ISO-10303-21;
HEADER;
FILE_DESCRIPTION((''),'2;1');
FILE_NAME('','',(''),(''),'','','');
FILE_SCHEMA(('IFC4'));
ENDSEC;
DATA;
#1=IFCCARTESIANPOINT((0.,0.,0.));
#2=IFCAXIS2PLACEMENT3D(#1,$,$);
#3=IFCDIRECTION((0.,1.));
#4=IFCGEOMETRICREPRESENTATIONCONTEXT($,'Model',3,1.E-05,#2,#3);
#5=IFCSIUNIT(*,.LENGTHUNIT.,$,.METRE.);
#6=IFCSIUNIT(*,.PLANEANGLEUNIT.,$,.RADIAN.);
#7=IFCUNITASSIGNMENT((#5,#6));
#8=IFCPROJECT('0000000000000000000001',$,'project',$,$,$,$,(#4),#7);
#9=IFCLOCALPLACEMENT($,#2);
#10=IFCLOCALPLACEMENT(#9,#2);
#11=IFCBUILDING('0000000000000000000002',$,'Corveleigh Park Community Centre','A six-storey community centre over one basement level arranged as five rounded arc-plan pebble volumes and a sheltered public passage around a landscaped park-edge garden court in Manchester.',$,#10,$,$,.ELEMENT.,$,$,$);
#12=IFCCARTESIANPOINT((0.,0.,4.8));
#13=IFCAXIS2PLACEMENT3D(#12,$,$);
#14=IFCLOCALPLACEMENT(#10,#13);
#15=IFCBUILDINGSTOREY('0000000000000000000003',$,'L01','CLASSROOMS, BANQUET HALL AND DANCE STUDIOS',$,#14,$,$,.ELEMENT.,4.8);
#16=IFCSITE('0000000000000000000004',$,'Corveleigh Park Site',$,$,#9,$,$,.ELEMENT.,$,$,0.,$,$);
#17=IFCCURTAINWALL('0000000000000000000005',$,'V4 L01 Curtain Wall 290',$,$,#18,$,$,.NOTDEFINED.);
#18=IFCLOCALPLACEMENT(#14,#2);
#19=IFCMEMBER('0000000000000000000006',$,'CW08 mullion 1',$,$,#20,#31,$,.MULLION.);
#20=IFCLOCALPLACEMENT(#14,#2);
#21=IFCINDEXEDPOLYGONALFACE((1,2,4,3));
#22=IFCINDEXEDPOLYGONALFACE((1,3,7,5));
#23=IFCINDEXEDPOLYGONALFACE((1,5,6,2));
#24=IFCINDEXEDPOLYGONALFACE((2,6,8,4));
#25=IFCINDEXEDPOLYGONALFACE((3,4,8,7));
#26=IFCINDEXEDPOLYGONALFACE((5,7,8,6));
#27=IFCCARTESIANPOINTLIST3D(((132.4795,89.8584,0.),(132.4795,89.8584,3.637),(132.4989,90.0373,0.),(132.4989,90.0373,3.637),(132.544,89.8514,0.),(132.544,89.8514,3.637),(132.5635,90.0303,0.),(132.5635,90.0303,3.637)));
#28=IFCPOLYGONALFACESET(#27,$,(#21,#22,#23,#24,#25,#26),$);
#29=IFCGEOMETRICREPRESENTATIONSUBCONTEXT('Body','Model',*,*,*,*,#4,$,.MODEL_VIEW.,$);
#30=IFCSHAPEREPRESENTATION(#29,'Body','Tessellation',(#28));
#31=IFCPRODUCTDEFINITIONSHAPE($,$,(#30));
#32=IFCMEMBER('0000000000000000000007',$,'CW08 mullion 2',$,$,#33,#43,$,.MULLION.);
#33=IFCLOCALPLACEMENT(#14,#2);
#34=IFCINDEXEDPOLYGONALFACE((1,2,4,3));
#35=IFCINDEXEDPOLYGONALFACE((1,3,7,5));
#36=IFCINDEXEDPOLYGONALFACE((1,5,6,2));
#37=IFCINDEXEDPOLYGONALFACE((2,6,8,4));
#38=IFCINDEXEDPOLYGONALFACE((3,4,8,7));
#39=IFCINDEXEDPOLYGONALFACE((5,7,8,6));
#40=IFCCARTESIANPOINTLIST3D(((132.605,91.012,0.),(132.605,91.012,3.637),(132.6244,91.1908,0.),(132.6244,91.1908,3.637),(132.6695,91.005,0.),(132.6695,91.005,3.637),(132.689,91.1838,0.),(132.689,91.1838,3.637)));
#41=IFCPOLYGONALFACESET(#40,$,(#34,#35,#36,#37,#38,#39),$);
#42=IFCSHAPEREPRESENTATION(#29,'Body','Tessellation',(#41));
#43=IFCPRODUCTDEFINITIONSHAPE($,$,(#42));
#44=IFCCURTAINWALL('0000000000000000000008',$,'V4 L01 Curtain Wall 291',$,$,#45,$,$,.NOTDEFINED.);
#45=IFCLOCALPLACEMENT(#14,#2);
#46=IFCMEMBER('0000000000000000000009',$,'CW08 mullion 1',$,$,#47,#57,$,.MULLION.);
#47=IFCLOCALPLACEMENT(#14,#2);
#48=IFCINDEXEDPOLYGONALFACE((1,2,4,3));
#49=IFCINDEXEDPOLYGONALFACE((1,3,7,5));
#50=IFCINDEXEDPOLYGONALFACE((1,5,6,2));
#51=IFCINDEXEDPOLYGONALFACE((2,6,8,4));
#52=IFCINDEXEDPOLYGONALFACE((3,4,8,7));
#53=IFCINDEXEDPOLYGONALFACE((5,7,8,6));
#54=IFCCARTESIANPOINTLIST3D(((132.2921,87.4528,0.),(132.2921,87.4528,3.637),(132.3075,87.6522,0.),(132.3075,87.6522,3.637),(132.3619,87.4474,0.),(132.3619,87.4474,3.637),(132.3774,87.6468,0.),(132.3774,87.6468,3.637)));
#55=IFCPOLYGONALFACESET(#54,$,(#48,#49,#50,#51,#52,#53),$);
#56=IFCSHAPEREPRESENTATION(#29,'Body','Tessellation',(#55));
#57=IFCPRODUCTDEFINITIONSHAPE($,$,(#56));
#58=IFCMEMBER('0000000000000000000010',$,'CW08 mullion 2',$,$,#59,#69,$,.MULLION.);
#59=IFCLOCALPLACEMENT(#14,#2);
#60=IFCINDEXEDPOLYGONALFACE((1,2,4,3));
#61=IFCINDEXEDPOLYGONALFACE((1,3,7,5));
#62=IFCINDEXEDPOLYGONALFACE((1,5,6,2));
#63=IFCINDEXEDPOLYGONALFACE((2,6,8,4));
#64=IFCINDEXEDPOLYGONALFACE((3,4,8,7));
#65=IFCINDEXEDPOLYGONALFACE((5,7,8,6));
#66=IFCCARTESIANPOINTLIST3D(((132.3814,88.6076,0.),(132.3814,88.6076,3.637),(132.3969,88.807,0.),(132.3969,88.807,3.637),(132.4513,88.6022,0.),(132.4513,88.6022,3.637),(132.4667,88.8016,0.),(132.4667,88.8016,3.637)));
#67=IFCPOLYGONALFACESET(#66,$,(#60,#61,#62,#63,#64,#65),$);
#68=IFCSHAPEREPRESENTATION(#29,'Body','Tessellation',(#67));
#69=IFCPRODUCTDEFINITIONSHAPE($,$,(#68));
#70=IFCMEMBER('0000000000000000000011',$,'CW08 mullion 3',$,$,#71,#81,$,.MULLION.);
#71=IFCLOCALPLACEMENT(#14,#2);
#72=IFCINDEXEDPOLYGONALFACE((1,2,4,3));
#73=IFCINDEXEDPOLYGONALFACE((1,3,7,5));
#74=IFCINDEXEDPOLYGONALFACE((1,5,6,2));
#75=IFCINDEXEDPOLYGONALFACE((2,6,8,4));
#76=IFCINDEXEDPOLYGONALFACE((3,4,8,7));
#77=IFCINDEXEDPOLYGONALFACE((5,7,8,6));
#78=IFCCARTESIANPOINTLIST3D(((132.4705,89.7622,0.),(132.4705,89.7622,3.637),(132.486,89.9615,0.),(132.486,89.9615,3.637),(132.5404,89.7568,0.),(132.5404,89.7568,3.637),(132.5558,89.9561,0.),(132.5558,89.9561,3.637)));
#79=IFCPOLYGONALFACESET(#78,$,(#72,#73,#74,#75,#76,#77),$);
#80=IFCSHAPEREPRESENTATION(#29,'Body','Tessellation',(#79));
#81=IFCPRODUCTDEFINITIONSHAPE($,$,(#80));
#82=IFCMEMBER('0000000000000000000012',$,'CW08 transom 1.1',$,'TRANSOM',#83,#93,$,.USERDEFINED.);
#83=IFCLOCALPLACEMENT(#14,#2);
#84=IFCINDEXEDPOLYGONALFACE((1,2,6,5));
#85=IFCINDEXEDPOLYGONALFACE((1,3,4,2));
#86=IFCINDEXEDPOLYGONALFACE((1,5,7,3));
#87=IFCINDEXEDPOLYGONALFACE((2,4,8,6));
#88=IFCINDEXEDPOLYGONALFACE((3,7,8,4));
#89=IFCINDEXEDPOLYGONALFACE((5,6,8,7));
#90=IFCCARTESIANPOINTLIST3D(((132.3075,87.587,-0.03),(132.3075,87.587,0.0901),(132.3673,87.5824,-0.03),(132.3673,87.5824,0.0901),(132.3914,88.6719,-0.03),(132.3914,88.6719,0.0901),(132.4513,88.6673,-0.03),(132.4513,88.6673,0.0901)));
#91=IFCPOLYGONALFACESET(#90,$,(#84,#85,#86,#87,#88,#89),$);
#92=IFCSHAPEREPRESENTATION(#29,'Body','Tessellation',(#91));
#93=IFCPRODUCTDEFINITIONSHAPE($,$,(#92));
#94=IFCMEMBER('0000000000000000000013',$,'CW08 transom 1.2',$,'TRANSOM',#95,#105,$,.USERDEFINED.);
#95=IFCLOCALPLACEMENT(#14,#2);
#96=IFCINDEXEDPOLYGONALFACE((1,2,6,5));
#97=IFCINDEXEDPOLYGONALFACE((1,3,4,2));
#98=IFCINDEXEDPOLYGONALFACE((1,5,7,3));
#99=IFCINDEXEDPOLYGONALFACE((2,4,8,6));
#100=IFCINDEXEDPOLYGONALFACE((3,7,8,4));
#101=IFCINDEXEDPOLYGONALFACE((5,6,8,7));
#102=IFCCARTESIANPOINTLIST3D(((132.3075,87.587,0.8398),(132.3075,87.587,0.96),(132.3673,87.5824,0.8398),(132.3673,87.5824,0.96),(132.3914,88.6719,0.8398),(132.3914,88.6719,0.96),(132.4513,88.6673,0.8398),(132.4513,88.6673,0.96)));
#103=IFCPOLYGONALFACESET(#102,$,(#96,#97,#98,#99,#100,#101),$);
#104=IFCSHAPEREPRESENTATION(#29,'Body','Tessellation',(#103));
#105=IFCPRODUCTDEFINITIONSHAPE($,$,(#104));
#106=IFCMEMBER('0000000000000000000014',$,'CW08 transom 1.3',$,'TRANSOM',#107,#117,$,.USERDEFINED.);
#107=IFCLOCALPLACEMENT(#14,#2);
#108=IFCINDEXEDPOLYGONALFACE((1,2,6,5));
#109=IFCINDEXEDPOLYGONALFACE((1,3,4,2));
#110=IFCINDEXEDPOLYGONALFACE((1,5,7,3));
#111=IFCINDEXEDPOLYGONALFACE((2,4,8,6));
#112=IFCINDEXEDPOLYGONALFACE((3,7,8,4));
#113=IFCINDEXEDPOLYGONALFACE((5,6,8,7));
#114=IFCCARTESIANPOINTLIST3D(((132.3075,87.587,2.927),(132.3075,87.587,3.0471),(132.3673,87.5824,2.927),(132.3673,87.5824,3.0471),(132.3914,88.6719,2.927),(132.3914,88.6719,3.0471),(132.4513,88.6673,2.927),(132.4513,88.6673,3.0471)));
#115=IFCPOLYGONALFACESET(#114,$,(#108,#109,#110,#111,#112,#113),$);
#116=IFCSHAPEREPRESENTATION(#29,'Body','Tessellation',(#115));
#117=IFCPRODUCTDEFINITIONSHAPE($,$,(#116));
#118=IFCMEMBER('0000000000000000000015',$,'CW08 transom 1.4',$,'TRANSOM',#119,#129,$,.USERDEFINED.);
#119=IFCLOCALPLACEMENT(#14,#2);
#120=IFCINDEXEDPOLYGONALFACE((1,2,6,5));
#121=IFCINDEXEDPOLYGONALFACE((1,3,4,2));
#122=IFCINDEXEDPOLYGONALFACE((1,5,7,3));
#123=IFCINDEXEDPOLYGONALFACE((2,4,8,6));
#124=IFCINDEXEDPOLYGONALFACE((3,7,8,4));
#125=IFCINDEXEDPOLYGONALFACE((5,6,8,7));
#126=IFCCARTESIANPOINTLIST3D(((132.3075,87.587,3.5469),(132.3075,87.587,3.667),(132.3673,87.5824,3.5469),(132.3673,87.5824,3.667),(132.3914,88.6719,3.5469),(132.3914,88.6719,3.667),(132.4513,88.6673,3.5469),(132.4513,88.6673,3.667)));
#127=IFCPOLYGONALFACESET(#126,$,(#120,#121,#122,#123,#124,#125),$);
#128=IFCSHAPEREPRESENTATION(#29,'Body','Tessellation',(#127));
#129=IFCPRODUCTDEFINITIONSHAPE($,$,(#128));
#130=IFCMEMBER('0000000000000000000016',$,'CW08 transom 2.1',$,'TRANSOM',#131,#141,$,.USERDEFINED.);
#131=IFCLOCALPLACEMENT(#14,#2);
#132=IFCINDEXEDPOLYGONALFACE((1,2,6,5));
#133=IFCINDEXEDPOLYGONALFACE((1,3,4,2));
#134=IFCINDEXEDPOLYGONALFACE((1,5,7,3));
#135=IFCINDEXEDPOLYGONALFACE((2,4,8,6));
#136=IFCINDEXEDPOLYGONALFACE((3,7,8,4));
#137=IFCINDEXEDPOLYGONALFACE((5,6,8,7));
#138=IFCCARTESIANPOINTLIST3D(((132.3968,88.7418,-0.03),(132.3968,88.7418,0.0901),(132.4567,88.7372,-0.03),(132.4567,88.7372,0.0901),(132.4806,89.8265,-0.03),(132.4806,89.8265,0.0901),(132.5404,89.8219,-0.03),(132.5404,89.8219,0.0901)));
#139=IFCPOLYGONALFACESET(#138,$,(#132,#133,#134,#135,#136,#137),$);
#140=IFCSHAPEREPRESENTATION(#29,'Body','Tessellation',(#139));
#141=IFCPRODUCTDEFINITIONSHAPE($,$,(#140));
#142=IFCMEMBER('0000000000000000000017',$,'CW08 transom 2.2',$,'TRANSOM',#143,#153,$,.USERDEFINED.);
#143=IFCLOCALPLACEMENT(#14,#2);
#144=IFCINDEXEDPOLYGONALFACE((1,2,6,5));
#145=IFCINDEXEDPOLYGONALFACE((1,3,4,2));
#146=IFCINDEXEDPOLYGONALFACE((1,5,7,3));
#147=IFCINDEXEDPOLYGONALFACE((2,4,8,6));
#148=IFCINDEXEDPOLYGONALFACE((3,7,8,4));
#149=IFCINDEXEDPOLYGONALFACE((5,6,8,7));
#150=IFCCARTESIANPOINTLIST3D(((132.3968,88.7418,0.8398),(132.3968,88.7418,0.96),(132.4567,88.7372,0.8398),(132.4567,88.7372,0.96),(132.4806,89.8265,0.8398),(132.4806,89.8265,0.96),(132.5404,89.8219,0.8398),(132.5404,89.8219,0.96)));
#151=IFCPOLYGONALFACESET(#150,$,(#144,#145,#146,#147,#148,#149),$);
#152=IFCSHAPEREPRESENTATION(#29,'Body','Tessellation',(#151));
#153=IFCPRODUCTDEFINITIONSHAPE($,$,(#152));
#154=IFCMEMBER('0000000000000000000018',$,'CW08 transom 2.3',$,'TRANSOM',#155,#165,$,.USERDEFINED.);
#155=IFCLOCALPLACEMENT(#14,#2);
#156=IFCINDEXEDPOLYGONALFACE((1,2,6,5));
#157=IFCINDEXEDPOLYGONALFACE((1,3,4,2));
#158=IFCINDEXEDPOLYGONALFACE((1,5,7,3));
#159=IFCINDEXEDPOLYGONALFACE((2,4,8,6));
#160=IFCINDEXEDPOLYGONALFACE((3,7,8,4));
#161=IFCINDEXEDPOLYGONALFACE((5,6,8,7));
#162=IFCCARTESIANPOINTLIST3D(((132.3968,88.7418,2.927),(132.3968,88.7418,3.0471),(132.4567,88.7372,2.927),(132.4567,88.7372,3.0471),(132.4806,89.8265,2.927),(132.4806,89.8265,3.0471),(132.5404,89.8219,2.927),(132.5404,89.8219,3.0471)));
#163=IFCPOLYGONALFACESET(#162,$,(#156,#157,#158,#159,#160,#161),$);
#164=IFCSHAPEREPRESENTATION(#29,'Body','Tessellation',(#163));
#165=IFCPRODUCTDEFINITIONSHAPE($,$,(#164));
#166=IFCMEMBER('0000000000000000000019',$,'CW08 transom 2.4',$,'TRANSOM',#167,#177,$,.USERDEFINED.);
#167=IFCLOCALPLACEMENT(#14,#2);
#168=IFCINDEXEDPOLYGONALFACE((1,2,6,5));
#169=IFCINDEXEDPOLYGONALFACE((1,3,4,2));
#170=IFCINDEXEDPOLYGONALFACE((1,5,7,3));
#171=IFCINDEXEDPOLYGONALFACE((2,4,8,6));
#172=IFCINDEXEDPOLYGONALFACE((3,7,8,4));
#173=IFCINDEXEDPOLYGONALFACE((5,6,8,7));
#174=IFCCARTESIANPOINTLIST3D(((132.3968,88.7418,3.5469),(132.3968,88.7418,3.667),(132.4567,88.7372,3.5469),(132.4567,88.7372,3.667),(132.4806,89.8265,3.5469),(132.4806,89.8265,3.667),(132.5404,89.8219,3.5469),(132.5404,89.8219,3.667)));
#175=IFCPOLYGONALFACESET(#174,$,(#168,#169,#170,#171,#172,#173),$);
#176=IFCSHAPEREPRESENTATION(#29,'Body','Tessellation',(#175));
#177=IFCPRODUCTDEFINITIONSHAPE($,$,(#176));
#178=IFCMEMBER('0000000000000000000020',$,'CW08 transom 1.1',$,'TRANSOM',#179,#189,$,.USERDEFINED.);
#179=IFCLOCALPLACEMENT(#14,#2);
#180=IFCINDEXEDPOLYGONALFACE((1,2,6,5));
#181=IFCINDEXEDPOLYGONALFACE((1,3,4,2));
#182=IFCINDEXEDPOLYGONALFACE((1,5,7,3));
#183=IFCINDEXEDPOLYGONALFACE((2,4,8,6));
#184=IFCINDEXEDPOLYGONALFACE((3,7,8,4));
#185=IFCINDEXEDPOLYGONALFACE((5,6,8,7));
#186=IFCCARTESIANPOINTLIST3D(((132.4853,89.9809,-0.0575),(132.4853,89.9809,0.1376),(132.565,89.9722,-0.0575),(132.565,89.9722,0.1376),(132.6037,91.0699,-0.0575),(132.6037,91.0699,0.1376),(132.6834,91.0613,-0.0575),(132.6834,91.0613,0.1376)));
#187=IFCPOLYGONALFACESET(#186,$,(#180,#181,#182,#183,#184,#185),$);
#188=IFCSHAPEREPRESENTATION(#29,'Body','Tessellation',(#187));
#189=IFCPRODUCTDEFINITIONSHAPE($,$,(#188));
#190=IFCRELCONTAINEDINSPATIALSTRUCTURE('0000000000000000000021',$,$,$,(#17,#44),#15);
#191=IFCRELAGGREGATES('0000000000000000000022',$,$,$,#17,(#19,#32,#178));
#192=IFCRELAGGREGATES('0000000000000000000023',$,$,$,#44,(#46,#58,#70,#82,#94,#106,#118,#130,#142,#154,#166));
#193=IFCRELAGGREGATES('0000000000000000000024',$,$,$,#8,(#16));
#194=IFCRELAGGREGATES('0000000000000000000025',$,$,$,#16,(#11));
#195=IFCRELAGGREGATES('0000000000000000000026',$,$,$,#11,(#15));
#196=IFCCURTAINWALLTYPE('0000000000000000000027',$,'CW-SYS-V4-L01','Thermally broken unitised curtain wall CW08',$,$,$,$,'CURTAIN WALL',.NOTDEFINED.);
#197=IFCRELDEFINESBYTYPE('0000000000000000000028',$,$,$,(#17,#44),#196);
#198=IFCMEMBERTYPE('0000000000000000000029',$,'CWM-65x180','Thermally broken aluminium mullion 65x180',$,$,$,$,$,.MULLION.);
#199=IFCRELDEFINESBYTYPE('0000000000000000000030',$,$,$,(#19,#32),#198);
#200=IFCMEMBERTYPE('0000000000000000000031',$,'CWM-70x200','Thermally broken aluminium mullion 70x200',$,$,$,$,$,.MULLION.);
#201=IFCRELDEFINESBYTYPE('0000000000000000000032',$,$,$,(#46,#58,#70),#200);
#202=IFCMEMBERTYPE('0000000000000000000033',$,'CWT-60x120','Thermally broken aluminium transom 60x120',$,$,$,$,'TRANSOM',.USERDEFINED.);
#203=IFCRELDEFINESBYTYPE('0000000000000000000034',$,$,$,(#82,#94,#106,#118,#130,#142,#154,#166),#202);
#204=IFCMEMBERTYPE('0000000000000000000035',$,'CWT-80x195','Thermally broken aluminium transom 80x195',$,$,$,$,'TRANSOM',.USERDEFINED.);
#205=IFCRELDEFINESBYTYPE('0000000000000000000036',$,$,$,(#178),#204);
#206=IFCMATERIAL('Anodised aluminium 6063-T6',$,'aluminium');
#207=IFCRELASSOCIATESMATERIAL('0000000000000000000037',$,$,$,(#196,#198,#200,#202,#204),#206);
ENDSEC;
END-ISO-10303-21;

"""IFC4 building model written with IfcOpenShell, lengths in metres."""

from ifc_helpers import new_model, si_unit, direction, frame, origin, origin_2d, place, context, subcontext, project, spatial, rectangle, extrude, material, material_profile, profile_set, type_object, element, aggregate, save


model = new_model("IFC4")

# Units and contexts
model_context = context("Model", 3, precision=1e-05, world=origin(), true_north=direction((0.0, 1.0)))
body_context = subcontext(model_context, "Body", "Model", "MODEL_VIEW")
ifc_project = project(units=[si_unit("LENGTHUNIT", "METRE"), si_unit("PLANEANGLEUNIT", "RADIAN")], contexts=[model_context])

# Site, building, storey
site_placement = place(None, origin())
site = spatial("IfcSite", under=ifc_project, at=site_placement, Name="Corveleigh Park Site", CompositionType="ELEMENT", RefElevation=0.0)
building_placement = place(site_placement, origin())
building = spatial("IfcBuilding", under=site, at=building_placement, Name="Corveleigh Park Community Centre", Description="A six-storey community centre over one basement level arranged as five rounded arc-plan pebble volumes and a sheltered public passage around a landscaped park-edge garden court in Manchester.", CompositionType="ELEMENT")
storey_placement = place(building_placement, frame((0.0, 0.0, 4.8)))
storey = spatial("IfcBuildingStorey", under=building, at=storey_placement, Name="L01", Description="CLASSROOMS, BANQUET HALL AND DANCE STUDIOS", CompositionType="ELEMENT", Elevation=4.8)

# Curtain walls, members
ifc_material_1 = material(Name="Anodised aluminium 6063-T6", Category="aluminium")
curtain_wall_type = type_object("IfcCurtainWallType", Name="CW-SYS-V4-L01", Description="Thermally broken unitised curtain wall CW08", ElementType="CURTAIN WALL", PredefinedType="NOTDEFINED", material=ifc_material_1)
curtain_wall_1_placement = place(storey_placement, origin())
curtain_wall_1 = element("IfcCurtainWall", 1, at=curtain_wall_1_placement, inside=storey, type_object=curtain_wall_type, Name="V4 L01 Curtain Wall 290", PredefinedType="NOTDEFINED")
ifc_material_profile_1 = material_profile(ifc_material_1, rectangle(XDim=0.0649, YDim=0.1799, at=origin_2d()), Name="ALU-M65x180", Category="aluminium")
ifc_profile_set_1 = profile_set([ifc_material_profile_1], Name="Anodised aluminium 6063-T6")
member_type_1 = type_object("IfcMemberType", Name="CWM-65x180", Description="Thermally broken aluminium mullion 65x180", PredefinedType="MULLION", material=ifc_profile_set_1)
member_1_placement = place(storey_placement, frame((132.5215, 89.9443, 0.0), z_axis=(0.0, 0.0, 1.0), x_axis=(-0.994137, 0.108131, 0.0)))
member_1 = element("IfcMember", 2, at=member_1_placement, type_object=member_type_1, Name="CW08 mullion 1", PredefinedType="MULLION", context=body_context, shape_type="SweptSolid", body=[
    extrude(rectangle(XDim=0.0649, YDim=0.1799, at=origin_2d()), origin(), (0.0, 0.0, 1.0), 3.637),
])
member_2_placement = place(storey_placement, frame((132.647, 91.0979, 0.0), z_axis=(0.0, 0.0, 1.0), x_axis=(-0.994137, 0.108131, 0.0)))
member_2 = element("IfcMember", 3, at=member_2_placement, type_object=member_type_1, Name="CW08 mullion 2", PredefinedType="MULLION", context=body_context, shape_type="SweptSolid", body=[
    extrude(rectangle(XDim=0.0649, YDim=0.1799, at=origin_2d()), origin(), (0.0, 0.0, 1.0), 3.637),
])
curtain_wall_2_placement = place(storey_placement, origin())
curtain_wall_2 = element("IfcCurtainWall", 4, at=curtain_wall_2_placement, inside=storey, type_object=curtain_wall_type, Name="V4 L01 Curtain Wall 291", PredefinedType="NOTDEFINED")
ifc_material_profile_2 = material_profile(ifc_material_1, rectangle(XDim=0.0701, YDim=0.2, at=origin_2d()), Name="ALU-M70x200", Category="aluminium")
ifc_profile_set_2 = profile_set([ifc_material_profile_2], Name="Anodised aluminium 6063-T6")
member_type_2 = type_object("IfcMemberType", Name="CWM-70x200", Description="Thermally broken aluminium mullion 70x200", PredefinedType="MULLION", material=ifc_profile_set_2)
member_3_placement = place(storey_placement, frame((132.3347, 87.5498, 0.0), z_axis=(0.0, 0.0, 1.0), x_axis=(-0.997022, 0.077113, 0.0)))
member_3 = element("IfcMember", 5, at=member_3_placement, type_object=member_type_2, Name="CW08 mullion 1", PredefinedType="MULLION", context=body_context, shape_type="SweptSolid", body=[
    extrude(rectangle(XDim=0.0701, YDim=0.2, at=origin_2d()), origin(), (0.0, 0.0, 1.0), 3.637),
])
member_4_placement = place(storey_placement, frame((132.4241, 88.7046, 0.0), z_axis=(0.0, 0.0, 1.0), x_axis=(-0.997022, 0.077113, 0.0)))
member_4 = element("IfcMember", 6, at=member_4_placement, type_object=member_type_2, Name="CW08 mullion 2", PredefinedType="MULLION", context=body_context, shape_type="SweptSolid", body=[
    extrude(rectangle(XDim=0.0701, YDim=0.2, at=origin_2d()), origin(), (0.0, 0.0, 1.0), 3.637),
])
member_5_placement = place(storey_placement, frame((132.5132, 89.8591, 0.0), z_axis=(0.0, 0.0, 1.0), x_axis=(-0.997022, 0.077113, 0.0)))
member_5 = element("IfcMember", 7, at=member_5_placement, type_object=member_type_2, Name="CW08 mullion 3", PredefinedType="MULLION", context=body_context, shape_type="SweptSolid", body=[
    extrude(rectangle(XDim=0.0701, YDim=0.2, at=origin_2d()), origin(), (0.0, 0.0, 1.0), 3.637),
])
ifc_material_profile_3 = material_profile(ifc_material_1, rectangle(XDim=0.0601, YDim=0.1201, at=origin_2d()), Name="ALU-T60x120", Category="aluminium")
ifc_profile_set_3 = profile_set([ifc_material_profile_3], Name="Anodised aluminium 6063-T6")
member_type_3 = type_object("IfcMemberType", Name="CWT-60x120", Description="Thermally broken aluminium transom 60x120", ElementType="TRANSOM", PredefinedType="USERDEFINED", material=ifc_profile_set_3)
member_6_placement = place(storey_placement, frame((132.3374, 87.5847, 0.03), z_axis=(0.077177, 0.997017, 0.0), x_axis=(-0.997017, 0.077177, 0.0)))
member_6 = element("IfcMember", 8, at=member_6_placement, type_object=member_type_3, Name="CW08 transom 1.1", ObjectType="TRANSOM", PredefinedType="USERDEFINED", context=body_context, shape_type="SweptSolid", body=[
    extrude(rectangle(XDim=0.0601, YDim=0.1201, at=origin_2d()), origin(), (0.0, 0.0, 1.0), 1.0881),
])
member_7_placement = place(storey_placement, frame((132.3374, 87.5847, 0.8999), z_axis=(0.077177, 0.997017, 0.0), x_axis=(-0.997017, 0.077177, 0.0)))
member_7 = element("IfcMember", 9, at=member_7_placement, type_object=member_type_3, Name="CW08 transom 1.2", ObjectType="TRANSOM", PredefinedType="USERDEFINED", context=body_context, shape_type="SweptSolid", body=[
    extrude(rectangle(XDim=0.0601, YDim=0.1201, at=origin_2d()), origin(), (0.0, 0.0, 1.0), 1.0881),
])
member_8_placement = place(storey_placement, frame((132.3374, 87.5847, 2.9871), z_axis=(0.077177, 0.997017, 0.0), x_axis=(-0.997017, 0.077177, 0.0)))
member_8 = element("IfcMember", 10, at=member_8_placement, type_object=member_type_3, Name="CW08 transom 1.3", ObjectType="TRANSOM", PredefinedType="USERDEFINED", context=body_context, shape_type="SweptSolid", body=[
    extrude(rectangle(XDim=0.0601, YDim=0.1201, at=origin_2d()), origin(), (0.0, 0.0, 1.0), 1.0881),
])
member_9_placement = place(storey_placement, frame((132.3374, 87.5847, 3.6069), z_axis=(0.077177, 0.997017, 0.0), x_axis=(-0.997017, 0.077177, 0.0)))
member_9 = element("IfcMember", 11, at=member_9_placement, type_object=member_type_3, Name="CW08 transom 1.4", ObjectType="TRANSOM", PredefinedType="USERDEFINED", context=body_context, shape_type="SweptSolid", body=[
    extrude(rectangle(XDim=0.0601, YDim=0.1201, at=origin_2d()), origin(), (0.0, 0.0, 1.0), 1.0881),
])
member_10_placement = place(storey_placement, frame((132.4268, 88.7395, 0.03), z_axis=(0.076971, 0.997033, 0.0), x_axis=(-0.997033, 0.076971, 0.0)))
member_10 = element("IfcMember", 12, at=member_10_placement, type_object=member_type_3, Name="CW08 transom 2.1", ObjectType="TRANSOM", PredefinedType="USERDEFINED", context=body_context, shape_type="SweptSolid", body=[
    extrude(rectangle(XDim=0.0601, YDim=0.1201, at=origin_2d()), origin(), (0.0, 0.0, 1.0), 1.0879),
])
member_11_placement = place(storey_placement, frame((132.4268, 88.7395, 0.8999), z_axis=(0.076971, 0.997033, 0.0), x_axis=(-0.997033, 0.076971, 0.0)))
member_11 = element("IfcMember", 13, at=member_11_placement, type_object=member_type_3, Name="CW08 transom 2.2", ObjectType="TRANSOM", PredefinedType="USERDEFINED", context=body_context, shape_type="SweptSolid", body=[
    extrude(rectangle(XDim=0.0601, YDim=0.1201, at=origin_2d()), origin(), (0.0, 0.0, 1.0), 1.0879),
])
member_12_placement = place(storey_placement, frame((132.4268, 88.7395, 2.9871), z_axis=(0.076971, 0.997033, 0.0), x_axis=(-0.997033, 0.076971, 0.0)))
member_12 = element("IfcMember", 14, at=member_12_placement, type_object=member_type_3, Name="CW08 transom 2.3", ObjectType="TRANSOM", PredefinedType="USERDEFINED", context=body_context, shape_type="SweptSolid", body=[
    extrude(rectangle(XDim=0.0601, YDim=0.1201, at=origin_2d()), origin(), (0.0, 0.0, 1.0), 1.0879),
])
member_13_placement = place(storey_placement, frame((132.4268, 88.7395, 3.6069), z_axis=(0.076971, 0.997033, 0.0), x_axis=(-0.997033, 0.076971, 0.0)))
member_13 = element("IfcMember", 15, at=member_13_placement, type_object=member_type_3, Name="CW08 transom 2.4", ObjectType="TRANSOM", PredefinedType="USERDEFINED", context=body_context, shape_type="SweptSolid", body=[
    extrude(rectangle(XDim=0.0601, YDim=0.1201, at=origin_2d()), origin(), (0.0, 0.0, 1.0), 1.0879),
])

# Member
ifc_material_profile_4 = material_profile(ifc_material_1, rectangle(XDim=0.0801, YDim=0.1951, at=origin_2d()), Name="ALU-T80x195", Category="aluminium")
ifc_profile_set_4 = profile_set([ifc_material_profile_4], Name="Anodised aluminium 6063-T6")
member_type_4 = type_object("IfcMemberType", Name="CWT-80x195", Description="Thermally broken aluminium transom 80x195", ElementType="TRANSOM", PredefinedType="USERDEFINED", material=ifc_profile_set_4)
member_14_placement = place(storey_placement, frame((132.5251, 89.9766, 0.04), z_axis=(0.108083, 0.994142, 0.0), x_axis=(-0.994142, 0.108083, 0.0)))
member_14 = element("IfcMember", 16, at=member_14_placement, type_object=member_type_4, Name="CW08 transom 1.1", ObjectType="TRANSOM", PredefinedType="USERDEFINED", context=body_context, shape_type="SweptSolid", body=[
    extrude(rectangle(XDim=0.0801, YDim=0.1951, at=origin_2d()), origin(), (0.0, 0.0, 1.0), 1.0955),
])

aggregate(curtain_wall_1, [member_1, member_2, member_14])
aggregate(curtain_wall_2, [member_3, member_4, member_5, member_6, member_7, member_8, member_9, member_10, member_11, member_12, member_13])

save(model, "model.ifc")
